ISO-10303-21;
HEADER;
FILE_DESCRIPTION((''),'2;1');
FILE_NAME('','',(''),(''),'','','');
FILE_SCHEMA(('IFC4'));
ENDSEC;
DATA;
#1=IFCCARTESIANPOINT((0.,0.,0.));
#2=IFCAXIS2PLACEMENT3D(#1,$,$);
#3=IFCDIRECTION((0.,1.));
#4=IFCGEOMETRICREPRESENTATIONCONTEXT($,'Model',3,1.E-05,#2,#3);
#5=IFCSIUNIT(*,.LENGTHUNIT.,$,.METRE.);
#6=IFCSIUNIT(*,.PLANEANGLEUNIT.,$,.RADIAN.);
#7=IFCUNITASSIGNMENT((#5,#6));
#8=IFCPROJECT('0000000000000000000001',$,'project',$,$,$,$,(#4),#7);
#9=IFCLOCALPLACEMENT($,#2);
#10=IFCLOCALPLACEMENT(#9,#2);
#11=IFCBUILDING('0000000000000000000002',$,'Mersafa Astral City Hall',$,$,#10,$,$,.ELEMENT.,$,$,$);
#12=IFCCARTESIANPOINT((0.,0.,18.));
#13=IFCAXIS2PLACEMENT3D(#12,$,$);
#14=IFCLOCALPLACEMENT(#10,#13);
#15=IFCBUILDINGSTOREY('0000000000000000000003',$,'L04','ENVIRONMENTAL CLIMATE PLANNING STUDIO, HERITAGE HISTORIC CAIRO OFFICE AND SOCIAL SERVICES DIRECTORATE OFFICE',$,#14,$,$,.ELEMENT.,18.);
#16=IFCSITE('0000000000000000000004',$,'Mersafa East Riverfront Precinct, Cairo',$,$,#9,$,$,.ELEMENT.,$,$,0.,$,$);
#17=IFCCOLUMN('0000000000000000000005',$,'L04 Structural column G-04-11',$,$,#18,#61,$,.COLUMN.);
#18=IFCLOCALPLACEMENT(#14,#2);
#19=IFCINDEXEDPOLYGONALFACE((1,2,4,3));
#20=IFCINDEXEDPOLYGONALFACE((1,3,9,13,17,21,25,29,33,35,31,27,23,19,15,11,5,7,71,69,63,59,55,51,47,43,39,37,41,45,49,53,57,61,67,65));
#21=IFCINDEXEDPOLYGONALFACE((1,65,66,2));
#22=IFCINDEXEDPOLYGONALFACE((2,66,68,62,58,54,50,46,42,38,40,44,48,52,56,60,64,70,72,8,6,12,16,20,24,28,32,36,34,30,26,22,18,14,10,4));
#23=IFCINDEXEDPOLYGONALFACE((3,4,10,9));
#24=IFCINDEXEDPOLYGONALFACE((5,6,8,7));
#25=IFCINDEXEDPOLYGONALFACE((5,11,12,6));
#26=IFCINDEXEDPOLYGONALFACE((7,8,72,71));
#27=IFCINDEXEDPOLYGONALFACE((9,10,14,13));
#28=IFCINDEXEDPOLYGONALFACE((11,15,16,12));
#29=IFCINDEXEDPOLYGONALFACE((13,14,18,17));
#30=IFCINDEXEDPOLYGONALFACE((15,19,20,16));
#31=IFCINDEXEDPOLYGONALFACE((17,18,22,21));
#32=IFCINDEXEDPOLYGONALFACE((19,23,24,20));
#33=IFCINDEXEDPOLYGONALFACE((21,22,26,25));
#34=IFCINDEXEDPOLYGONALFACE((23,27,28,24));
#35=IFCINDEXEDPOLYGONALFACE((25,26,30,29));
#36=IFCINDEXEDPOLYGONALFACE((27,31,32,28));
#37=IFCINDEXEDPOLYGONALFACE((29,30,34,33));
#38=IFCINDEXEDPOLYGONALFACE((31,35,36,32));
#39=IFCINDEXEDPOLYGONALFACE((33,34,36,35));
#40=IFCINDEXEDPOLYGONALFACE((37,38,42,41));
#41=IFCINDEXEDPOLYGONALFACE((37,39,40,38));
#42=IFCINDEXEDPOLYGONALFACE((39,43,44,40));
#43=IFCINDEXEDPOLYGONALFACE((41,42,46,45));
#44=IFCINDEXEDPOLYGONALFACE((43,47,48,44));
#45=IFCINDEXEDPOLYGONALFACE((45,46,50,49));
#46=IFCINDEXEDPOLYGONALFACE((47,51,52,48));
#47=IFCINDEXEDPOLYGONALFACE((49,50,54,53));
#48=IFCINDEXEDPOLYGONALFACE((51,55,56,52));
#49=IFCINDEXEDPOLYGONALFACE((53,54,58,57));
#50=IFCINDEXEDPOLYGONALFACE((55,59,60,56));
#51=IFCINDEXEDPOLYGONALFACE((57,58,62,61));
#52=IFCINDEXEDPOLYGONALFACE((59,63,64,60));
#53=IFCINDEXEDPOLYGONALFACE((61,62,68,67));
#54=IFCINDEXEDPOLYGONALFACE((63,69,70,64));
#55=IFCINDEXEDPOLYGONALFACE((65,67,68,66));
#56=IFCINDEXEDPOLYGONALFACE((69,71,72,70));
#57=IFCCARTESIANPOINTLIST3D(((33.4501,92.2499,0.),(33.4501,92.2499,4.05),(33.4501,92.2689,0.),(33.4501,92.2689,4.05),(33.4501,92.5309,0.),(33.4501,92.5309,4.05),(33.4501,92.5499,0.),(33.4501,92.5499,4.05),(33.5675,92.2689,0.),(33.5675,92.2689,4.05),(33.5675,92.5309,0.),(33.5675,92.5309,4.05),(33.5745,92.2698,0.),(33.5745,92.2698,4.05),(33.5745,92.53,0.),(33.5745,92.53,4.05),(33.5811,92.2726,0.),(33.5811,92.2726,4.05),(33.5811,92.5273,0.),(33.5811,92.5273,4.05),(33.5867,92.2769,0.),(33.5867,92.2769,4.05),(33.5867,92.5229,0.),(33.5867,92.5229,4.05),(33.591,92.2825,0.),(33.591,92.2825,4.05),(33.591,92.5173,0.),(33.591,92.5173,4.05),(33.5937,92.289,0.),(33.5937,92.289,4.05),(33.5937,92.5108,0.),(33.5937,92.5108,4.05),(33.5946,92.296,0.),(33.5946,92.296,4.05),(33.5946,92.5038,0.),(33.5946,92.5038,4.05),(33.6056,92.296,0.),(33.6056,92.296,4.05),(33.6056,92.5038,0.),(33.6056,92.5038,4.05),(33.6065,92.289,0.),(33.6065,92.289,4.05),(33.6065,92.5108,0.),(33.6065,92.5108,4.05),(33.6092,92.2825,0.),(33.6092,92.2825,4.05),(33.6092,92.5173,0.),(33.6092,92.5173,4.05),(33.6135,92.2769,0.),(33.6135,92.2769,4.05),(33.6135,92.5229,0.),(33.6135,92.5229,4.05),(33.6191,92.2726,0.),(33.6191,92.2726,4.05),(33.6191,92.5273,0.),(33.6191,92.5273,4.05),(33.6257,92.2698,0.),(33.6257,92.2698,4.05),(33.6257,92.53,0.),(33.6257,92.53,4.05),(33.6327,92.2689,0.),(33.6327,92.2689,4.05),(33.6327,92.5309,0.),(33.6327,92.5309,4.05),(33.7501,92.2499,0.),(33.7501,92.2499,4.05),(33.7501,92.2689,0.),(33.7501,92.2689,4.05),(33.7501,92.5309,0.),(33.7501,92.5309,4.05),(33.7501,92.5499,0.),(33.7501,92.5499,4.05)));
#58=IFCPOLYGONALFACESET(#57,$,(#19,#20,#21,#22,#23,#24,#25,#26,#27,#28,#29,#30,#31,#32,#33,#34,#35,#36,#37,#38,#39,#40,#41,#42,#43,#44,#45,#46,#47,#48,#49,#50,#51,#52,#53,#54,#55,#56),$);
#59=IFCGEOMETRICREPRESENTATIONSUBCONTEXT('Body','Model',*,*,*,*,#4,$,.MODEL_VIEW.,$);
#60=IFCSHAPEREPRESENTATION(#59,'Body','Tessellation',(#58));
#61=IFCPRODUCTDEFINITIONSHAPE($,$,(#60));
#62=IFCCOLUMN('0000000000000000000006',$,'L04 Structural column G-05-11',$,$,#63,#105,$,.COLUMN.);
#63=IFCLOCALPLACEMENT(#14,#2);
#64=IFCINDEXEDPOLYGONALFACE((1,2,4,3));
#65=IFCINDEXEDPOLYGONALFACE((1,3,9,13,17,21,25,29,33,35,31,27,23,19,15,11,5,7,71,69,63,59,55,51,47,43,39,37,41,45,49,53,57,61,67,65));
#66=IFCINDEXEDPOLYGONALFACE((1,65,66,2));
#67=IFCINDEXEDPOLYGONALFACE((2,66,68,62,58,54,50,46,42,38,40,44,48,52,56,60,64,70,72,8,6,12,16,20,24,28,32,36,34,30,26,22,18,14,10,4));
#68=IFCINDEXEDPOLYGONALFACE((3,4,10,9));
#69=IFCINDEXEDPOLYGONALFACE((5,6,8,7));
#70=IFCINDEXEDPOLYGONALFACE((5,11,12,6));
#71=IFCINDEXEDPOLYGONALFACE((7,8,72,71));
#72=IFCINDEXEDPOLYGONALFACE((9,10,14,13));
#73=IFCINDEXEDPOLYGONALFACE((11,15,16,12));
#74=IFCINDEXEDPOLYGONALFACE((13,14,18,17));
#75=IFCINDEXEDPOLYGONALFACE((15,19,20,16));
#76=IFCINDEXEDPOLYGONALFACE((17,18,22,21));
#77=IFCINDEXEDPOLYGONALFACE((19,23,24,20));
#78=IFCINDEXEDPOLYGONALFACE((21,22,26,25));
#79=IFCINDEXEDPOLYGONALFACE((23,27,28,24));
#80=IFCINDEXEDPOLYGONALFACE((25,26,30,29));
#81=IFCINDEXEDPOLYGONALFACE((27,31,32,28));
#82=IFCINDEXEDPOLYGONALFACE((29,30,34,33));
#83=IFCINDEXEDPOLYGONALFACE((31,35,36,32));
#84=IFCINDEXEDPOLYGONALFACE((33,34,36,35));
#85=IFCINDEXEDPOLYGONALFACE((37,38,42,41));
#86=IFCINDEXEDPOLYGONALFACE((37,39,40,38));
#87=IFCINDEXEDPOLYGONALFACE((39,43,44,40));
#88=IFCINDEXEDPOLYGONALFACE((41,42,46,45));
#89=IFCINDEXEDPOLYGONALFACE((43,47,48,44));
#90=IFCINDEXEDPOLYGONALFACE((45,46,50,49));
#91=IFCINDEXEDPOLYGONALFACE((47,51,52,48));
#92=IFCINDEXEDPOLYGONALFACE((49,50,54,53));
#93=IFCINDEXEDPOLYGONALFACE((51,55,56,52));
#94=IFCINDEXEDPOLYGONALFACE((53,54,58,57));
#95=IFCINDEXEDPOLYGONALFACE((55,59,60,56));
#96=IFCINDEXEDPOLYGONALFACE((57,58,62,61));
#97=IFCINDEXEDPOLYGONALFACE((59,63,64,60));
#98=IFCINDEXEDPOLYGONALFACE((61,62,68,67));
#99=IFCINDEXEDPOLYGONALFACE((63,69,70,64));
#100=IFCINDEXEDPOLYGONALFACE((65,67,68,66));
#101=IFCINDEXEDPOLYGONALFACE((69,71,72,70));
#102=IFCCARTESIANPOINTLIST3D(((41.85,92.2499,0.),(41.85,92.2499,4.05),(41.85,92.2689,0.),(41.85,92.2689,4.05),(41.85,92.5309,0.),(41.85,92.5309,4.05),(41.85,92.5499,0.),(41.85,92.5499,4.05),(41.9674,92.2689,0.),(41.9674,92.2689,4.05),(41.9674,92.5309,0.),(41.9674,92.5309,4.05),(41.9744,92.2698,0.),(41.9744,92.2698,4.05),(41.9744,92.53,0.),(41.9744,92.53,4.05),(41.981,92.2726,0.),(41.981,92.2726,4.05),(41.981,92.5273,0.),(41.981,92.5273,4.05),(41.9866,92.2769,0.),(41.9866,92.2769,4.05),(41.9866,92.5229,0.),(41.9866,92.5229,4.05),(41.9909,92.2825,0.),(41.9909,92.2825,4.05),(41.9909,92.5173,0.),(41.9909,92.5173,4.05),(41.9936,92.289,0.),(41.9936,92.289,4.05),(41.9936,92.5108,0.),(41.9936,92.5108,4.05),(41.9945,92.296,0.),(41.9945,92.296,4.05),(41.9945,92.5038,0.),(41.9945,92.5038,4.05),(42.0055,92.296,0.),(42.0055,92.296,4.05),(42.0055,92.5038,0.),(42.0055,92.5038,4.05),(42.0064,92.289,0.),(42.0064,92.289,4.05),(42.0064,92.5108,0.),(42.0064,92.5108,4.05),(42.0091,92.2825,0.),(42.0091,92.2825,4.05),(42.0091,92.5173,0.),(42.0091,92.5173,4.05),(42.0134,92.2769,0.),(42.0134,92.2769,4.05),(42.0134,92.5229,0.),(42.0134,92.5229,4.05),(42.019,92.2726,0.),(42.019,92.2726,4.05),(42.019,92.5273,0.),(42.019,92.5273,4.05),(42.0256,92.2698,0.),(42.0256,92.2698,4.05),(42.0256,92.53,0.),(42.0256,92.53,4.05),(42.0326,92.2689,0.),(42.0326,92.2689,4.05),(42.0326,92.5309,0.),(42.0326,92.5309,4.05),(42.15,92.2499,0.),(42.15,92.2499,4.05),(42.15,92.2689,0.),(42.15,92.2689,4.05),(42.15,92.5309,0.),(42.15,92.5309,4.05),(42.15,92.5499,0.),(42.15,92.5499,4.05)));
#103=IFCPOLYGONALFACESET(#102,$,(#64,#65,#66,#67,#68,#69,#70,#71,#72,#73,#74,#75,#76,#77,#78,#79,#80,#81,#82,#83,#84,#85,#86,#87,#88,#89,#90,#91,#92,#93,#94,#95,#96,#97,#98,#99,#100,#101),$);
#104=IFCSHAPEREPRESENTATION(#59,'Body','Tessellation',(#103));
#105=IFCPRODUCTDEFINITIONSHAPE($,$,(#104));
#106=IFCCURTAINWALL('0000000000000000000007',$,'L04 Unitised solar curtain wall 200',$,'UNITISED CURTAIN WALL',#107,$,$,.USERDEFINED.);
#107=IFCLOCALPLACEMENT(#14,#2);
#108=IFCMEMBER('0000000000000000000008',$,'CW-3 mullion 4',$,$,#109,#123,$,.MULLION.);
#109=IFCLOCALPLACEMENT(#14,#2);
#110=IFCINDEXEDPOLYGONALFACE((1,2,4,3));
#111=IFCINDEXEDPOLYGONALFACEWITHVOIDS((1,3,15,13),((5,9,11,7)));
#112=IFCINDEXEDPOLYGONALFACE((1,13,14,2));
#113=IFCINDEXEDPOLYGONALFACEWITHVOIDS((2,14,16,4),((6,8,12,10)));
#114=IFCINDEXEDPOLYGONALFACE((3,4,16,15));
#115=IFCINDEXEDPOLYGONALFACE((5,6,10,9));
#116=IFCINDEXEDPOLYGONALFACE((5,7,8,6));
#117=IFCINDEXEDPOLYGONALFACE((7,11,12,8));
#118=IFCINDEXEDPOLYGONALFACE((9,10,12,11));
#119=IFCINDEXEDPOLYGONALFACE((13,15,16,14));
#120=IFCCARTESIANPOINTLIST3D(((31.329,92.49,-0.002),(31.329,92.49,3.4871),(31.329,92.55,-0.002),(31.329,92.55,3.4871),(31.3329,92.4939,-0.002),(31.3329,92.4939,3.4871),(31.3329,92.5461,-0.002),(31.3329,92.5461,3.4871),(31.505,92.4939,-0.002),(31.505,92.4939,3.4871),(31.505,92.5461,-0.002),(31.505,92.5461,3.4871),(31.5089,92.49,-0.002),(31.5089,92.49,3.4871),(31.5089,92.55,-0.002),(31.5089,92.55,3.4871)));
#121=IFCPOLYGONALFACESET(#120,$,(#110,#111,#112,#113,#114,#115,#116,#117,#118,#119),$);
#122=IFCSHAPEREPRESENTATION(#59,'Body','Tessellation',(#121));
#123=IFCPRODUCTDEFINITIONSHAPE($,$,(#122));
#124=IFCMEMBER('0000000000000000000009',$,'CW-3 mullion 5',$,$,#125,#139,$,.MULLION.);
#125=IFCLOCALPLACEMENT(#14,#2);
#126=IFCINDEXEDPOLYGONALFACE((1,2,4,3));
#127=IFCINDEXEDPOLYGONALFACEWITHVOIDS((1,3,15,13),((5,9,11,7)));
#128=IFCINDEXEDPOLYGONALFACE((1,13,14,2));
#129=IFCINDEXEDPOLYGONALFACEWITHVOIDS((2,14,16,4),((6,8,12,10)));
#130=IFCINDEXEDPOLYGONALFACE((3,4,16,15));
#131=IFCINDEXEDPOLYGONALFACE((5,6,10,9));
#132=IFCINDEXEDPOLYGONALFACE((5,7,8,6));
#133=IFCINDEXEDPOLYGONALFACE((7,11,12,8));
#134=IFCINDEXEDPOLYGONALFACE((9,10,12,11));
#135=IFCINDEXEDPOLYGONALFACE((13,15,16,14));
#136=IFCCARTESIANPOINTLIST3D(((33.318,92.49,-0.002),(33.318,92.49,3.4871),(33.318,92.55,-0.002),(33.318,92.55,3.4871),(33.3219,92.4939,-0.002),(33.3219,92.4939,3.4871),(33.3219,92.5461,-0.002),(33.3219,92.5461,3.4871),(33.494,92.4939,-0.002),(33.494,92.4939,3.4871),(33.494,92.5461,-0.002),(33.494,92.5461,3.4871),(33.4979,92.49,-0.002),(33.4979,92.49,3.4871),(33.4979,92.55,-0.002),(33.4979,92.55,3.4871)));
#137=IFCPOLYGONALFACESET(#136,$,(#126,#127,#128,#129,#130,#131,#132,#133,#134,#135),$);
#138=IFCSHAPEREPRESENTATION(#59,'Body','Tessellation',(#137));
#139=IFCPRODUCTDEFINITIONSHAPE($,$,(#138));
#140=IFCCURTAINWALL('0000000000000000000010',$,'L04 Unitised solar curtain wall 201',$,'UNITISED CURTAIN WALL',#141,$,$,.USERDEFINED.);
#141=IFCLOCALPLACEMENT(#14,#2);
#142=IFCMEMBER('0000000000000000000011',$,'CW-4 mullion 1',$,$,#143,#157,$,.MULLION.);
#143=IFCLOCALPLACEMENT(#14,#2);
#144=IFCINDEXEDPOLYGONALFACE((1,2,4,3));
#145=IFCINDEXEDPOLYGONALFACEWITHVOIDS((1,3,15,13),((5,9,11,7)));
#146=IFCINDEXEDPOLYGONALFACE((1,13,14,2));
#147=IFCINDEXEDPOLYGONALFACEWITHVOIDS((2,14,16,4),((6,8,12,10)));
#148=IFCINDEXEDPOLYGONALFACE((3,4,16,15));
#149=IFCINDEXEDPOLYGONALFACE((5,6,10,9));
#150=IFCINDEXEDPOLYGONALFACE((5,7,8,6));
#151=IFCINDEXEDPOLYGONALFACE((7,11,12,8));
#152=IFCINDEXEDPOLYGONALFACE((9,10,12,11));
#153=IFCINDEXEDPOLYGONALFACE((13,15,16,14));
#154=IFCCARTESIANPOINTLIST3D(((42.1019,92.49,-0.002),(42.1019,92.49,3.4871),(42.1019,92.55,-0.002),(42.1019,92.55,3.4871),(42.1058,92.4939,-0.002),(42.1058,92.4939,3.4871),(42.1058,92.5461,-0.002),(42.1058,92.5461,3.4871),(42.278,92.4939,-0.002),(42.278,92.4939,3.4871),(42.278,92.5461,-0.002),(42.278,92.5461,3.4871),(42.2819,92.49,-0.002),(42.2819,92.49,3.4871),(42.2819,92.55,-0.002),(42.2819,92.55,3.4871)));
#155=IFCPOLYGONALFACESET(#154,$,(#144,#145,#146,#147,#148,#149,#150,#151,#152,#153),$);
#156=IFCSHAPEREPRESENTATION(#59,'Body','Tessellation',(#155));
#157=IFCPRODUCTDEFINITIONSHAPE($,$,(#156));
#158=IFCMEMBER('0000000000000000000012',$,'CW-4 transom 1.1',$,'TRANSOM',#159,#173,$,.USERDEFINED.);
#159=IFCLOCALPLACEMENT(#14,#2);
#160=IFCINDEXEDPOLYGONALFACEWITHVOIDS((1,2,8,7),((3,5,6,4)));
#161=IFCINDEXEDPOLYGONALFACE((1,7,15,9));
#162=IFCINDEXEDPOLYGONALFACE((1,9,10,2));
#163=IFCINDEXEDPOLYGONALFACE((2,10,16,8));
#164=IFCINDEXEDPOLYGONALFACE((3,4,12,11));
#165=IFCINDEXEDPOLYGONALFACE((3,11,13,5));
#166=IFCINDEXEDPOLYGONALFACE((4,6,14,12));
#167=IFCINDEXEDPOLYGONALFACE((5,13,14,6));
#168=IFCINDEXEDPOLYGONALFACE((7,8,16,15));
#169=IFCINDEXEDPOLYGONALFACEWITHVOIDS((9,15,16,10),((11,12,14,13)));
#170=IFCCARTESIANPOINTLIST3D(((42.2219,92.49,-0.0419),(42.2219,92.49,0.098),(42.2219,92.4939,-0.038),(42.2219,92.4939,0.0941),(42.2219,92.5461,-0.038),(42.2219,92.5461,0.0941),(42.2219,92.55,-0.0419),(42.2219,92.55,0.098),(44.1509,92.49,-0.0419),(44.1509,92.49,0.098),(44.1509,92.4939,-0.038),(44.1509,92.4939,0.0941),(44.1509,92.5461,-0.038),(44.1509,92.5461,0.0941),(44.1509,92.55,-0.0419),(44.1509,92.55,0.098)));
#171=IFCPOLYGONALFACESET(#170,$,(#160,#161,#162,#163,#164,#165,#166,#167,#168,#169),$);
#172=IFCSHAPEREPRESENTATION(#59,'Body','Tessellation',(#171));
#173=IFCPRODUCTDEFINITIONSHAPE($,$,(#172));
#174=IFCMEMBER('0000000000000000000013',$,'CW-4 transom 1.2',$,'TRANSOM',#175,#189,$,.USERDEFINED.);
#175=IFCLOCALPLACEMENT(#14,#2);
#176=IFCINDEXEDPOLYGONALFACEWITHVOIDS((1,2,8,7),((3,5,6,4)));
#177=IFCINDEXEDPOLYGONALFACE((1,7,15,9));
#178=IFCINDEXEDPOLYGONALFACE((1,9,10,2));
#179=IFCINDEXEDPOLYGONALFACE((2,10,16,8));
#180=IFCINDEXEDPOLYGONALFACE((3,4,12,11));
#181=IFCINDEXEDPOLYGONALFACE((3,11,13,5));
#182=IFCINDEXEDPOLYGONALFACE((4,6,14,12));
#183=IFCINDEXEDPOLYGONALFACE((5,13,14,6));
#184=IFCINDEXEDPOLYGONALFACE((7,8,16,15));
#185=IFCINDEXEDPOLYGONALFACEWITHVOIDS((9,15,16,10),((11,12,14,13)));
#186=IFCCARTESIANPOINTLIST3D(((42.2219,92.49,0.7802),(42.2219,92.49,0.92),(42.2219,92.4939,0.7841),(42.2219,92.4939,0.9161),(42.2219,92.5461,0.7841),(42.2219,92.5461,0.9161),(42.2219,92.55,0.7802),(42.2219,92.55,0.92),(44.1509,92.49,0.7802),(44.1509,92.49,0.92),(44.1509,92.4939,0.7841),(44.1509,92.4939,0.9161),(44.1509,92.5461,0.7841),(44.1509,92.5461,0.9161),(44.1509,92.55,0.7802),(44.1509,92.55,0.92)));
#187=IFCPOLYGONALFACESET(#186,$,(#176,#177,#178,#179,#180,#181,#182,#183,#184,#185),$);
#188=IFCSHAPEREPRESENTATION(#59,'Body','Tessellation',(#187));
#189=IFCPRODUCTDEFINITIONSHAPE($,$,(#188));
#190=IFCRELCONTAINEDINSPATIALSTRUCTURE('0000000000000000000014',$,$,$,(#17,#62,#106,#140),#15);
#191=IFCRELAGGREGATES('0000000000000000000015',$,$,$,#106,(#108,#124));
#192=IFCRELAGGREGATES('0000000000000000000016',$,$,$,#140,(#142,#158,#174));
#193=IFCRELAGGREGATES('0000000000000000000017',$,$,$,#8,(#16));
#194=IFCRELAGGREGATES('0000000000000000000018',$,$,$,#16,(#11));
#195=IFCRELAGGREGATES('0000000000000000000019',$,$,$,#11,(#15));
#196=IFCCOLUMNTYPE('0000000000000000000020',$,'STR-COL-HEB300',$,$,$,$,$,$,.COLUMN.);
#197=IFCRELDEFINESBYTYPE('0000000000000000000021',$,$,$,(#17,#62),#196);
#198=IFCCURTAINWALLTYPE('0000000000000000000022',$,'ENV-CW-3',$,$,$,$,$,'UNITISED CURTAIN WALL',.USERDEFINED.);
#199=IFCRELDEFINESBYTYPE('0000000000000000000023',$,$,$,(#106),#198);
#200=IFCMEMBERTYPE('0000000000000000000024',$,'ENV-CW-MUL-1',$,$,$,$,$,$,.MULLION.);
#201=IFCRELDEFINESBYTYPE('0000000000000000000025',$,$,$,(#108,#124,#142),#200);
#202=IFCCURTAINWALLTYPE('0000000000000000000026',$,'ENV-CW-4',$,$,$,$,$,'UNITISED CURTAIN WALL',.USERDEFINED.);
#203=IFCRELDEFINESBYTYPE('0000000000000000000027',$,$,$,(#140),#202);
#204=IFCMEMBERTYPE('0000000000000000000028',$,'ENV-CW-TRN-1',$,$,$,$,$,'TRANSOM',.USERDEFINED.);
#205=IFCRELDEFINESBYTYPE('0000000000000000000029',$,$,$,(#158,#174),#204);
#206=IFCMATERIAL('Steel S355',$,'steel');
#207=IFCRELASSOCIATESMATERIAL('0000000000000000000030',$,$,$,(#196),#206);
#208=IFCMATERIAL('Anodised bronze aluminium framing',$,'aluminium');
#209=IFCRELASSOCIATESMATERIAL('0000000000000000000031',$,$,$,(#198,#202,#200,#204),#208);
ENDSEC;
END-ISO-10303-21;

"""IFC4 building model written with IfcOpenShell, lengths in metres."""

from ifc_helpers import new_model, si_unit, direction, frame, origin, origin_2d, place, context, subcontext, project, spatial, hollow_rectangle, i_section, extrude, material, material_profile, profile_set, type_object, element, aggregate, save


model = new_model("IFC4")

# Units and contexts
model_context = context("Model", 3, precision=1e-05, world=origin(), true_north=direction((0.0, 1.0)))
body_context = subcontext(model_context, "Body", "Model", "MODEL_VIEW")
ifc_project = project(units=[si_unit("LENGTHUNIT", "METRE"), si_unit("PLANEANGLEUNIT", "RADIAN")], contexts=[model_context])

# Site, building, storey
site_placement = place(None, origin())
site = spatial("IfcSite", under=ifc_project, at=site_placement, Name="Mersafa East Riverfront Precinct, Cairo", CompositionType="ELEMENT", RefElevation=0.0)
building_placement = place(site_placement, origin())
building = spatial("IfcBuilding", under=site, at=building_placement, Name="Mersafa Astral City Hall", CompositionType="ELEMENT")
storey_placement = place(building_placement, frame((0.0, 0.0, 18.0)))
storey = spatial("IfcBuildingStorey", under=building, at=storey_placement, Name="L04", Description="ENVIRONMENTAL CLIMATE PLANNING STUDIO, HERITAGE HISTORIC CAIRO OFFICE AND SOCIAL SERVICES DIRECTORATE OFFICE", CompositionType="ELEMENT", Elevation=18.0)

# Columns
ifc_material_1 = material(Name="Steel S355", Category="steel")
ifc_material_profile_1 = material_profile(ifc_material_1, i_section(OverallWidth=0.3, OverallDepth=0.3, WebThickness=0.011, FlangeThickness=0.019, FilletRadius=0.0271, at=origin_2d()), Name="HEB 300")
ifc_profile_set_1 = profile_set([ifc_material_profile_1], Name="Steel S355")
column_type = type_object("IfcColumnType", Name="STR-COL-HEB300", PredefinedType="COLUMN", material=ifc_profile_set_1)
for number, where, z_axis, x_axis, name in (
    (1, (33.6001, 92.3999, 0.0), (0.0, 0.0, 1.0), (1.0, 0.0, 0.0), "L04 Structural column G-04-11"),
    (2, (42.0, 92.3999, 0.0), (0.0, 0.0, 1.0), (1.0, 0.0, 0.0), "L04 Structural column G-05-11"),
):
    element("IfcColumn", number, at=place(storey_placement, frame(where, z_axis=z_axis, x_axis=x_axis)), inside=storey, type_object=column_type, Name=name, PredefinedType="COLUMN", context=body_context, shape_type="SweptSolid", body=[
        extrude(i_section(OverallWidth=0.3, OverallDepth=0.3, WebThickness=0.011, FlangeThickness=0.019, FilletRadius=0.0271, at=origin_2d()), origin(), (0.0, 0.0, 1.0), 4.05),
    ])

# Curtain walls, members
ifc_material_2 = material(Name="Anodised bronze aluminium framing", Category="aluminium")
curtain_wall_type_1 = type_object("IfcCurtainWallType", Name="ENV-CW-3", ElementType="UNITISED CURTAIN WALL", PredefinedType="USERDEFINED", material=ifc_material_2)
curtain_wall_1_placement = place(storey_placement, origin())
curtain_wall_1 = element("IfcCurtainWall", 3, at=curtain_wall_1_placement, inside=storey, type_object=curtain_wall_type_1, Name="L04 Unitised solar curtain wall 200", ObjectType="UNITISED CURTAIN WALL", PredefinedType="USERDEFINED")
ifc_material_profile_2 = material_profile(ifc_material_2, hollow_rectangle(XDim=0.0601, YDim=0.1799, WallThickness=0.0039, at=origin_2d()), Name="RHS 60x180x4")
ifc_profile_set_2 = profile_set([ifc_material_profile_2], Name="Anodised bronze aluminium framing")
member_type_1 = type_object("IfcMemberType", Name="ENV-CW-MUL-1", PredefinedType="MULLION", material=ifc_profile_set_2)
member_1_placement = place(storey_placement, frame((31.4189, 92.52, -0.002), z_axis=(0.0, 0.0, 1.0), x_axis=(0.0, 1.0, 0.0)))
member_1 = element("IfcMember", 4, at=member_1_placement, type_object=member_type_1, Name="CW-3 mullion 4", PredefinedType="MULLION", context=body_context, shape_type="SweptSolid", body=[
    extrude(hollow_rectangle(XDim=0.0601, YDim=0.1799, WallThickness=0.0039, at=origin_2d()), origin(), (0.0, 0.0, 1.0), 3.489),
])
member_2_placement = place(storey_placement, frame((33.408, 92.52, -0.002), z_axis=(0.0, 0.0, 1.0), x_axis=(0.0, 1.0, 0.0)))
member_2 = element("IfcMember", 5, at=member_2_placement, type_object=member_type_1, Name="CW-3 mullion 5", PredefinedType="MULLION", context=body_context, shape_type="SweptSolid", body=[
    extrude(hollow_rectangle(XDim=0.0601, YDim=0.1799, WallThickness=0.0039, at=origin_2d()), origin(), (0.0, 0.0, 1.0), 3.489),
])
curtain_wall_type_2 = type_object("IfcCurtainWallType", Name="ENV-CW-4", ElementType="UNITISED CURTAIN WALL", PredefinedType="USERDEFINED", material=ifc_material_2)
curtain_wall_2_placement = place(storey_placement, origin())
curtain_wall_2 = element("IfcCurtainWall", 6, at=curtain_wall_2_placement, inside=storey, type_object=curtain_wall_type_2, Name="L04 Unitised solar curtain wall 201", ObjectType="UNITISED CURTAIN WALL", PredefinedType="USERDEFINED")
member_3_placement = place(storey_placement, frame((42.1919, 92.52, -0.002), z_axis=(0.0, 0.0, 1.0), x_axis=(0.0, 1.0, 0.0)))
member_3 = element("IfcMember", 7, at=member_3_placement, type_object=member_type_1, Name="CW-4 mullion 1", PredefinedType="MULLION", context=body_context, shape_type="SweptSolid", body=[
    extrude(hollow_rectangle(XDim=0.0601, YDim=0.1799, WallThickness=0.0039, at=origin_2d()), origin(), (0.0, 0.0, 1.0), 3.489),
])
ifc_material_profile_3 = material_profile(ifc_material_2, hollow_rectangle(XDim=0.0601, YDim=0.1399, WallThickness=0.0039, at=origin_2d()), Name="RHS 60x140x4")
ifc_profile_set_3 = profile_set([ifc_material_profile_3], Name="Anodised bronze aluminium framing")
member_type_2 = type_object("IfcMemberType", Name="ENV-CW-TRN-1", ElementType="TRANSOM", PredefinedType="USERDEFINED", material=ifc_profile_set_3)
member_4_placement = place(storey_placement, frame((42.2219, 92.52, 0.0281), z_axis=(1.0, 0.0, 0.0), x_axis=(0.0, 1.0, 0.0)))
member_4 = element("IfcMember", 8, at=member_4_placement, type_object=member_type_2, Name="CW-4 transom 1.1", ObjectType="TRANSOM", PredefinedType="USERDEFINED", context=body_context, shape_type="SweptSolid", body=[
    extrude(hollow_rectangle(XDim=0.0601, YDim=0.1399, WallThickness=0.0039, at=origin_2d()), origin(), (0.0, 0.0, 1.0), 1.929),
])
member_5_placement = place(storey_placement, frame((42.2219, 92.52, 0.8501), z_axis=(1.0, 0.0, 0.0), x_axis=(0.0, 1.0, 0.0)))
member_5 = element("IfcMember", 9, at=member_5_placement, type_object=member_type_2, Name="CW-4 transom 1.2", ObjectType="TRANSOM", PredefinedType="USERDEFINED", context=body_context, shape_type="SweptSolid", body=[
    extrude(hollow_rectangle(XDim=0.0601, YDim=0.1399, WallThickness=0.0039, at=origin_2d()), origin(), (0.0, 0.0, 1.0), 1.929),
])

aggregate(curtain_wall_1, [member_1, member_2])
aggregate(curtain_wall_2, [member_3, member_4, member_5])

save(model, "model.ifc")
